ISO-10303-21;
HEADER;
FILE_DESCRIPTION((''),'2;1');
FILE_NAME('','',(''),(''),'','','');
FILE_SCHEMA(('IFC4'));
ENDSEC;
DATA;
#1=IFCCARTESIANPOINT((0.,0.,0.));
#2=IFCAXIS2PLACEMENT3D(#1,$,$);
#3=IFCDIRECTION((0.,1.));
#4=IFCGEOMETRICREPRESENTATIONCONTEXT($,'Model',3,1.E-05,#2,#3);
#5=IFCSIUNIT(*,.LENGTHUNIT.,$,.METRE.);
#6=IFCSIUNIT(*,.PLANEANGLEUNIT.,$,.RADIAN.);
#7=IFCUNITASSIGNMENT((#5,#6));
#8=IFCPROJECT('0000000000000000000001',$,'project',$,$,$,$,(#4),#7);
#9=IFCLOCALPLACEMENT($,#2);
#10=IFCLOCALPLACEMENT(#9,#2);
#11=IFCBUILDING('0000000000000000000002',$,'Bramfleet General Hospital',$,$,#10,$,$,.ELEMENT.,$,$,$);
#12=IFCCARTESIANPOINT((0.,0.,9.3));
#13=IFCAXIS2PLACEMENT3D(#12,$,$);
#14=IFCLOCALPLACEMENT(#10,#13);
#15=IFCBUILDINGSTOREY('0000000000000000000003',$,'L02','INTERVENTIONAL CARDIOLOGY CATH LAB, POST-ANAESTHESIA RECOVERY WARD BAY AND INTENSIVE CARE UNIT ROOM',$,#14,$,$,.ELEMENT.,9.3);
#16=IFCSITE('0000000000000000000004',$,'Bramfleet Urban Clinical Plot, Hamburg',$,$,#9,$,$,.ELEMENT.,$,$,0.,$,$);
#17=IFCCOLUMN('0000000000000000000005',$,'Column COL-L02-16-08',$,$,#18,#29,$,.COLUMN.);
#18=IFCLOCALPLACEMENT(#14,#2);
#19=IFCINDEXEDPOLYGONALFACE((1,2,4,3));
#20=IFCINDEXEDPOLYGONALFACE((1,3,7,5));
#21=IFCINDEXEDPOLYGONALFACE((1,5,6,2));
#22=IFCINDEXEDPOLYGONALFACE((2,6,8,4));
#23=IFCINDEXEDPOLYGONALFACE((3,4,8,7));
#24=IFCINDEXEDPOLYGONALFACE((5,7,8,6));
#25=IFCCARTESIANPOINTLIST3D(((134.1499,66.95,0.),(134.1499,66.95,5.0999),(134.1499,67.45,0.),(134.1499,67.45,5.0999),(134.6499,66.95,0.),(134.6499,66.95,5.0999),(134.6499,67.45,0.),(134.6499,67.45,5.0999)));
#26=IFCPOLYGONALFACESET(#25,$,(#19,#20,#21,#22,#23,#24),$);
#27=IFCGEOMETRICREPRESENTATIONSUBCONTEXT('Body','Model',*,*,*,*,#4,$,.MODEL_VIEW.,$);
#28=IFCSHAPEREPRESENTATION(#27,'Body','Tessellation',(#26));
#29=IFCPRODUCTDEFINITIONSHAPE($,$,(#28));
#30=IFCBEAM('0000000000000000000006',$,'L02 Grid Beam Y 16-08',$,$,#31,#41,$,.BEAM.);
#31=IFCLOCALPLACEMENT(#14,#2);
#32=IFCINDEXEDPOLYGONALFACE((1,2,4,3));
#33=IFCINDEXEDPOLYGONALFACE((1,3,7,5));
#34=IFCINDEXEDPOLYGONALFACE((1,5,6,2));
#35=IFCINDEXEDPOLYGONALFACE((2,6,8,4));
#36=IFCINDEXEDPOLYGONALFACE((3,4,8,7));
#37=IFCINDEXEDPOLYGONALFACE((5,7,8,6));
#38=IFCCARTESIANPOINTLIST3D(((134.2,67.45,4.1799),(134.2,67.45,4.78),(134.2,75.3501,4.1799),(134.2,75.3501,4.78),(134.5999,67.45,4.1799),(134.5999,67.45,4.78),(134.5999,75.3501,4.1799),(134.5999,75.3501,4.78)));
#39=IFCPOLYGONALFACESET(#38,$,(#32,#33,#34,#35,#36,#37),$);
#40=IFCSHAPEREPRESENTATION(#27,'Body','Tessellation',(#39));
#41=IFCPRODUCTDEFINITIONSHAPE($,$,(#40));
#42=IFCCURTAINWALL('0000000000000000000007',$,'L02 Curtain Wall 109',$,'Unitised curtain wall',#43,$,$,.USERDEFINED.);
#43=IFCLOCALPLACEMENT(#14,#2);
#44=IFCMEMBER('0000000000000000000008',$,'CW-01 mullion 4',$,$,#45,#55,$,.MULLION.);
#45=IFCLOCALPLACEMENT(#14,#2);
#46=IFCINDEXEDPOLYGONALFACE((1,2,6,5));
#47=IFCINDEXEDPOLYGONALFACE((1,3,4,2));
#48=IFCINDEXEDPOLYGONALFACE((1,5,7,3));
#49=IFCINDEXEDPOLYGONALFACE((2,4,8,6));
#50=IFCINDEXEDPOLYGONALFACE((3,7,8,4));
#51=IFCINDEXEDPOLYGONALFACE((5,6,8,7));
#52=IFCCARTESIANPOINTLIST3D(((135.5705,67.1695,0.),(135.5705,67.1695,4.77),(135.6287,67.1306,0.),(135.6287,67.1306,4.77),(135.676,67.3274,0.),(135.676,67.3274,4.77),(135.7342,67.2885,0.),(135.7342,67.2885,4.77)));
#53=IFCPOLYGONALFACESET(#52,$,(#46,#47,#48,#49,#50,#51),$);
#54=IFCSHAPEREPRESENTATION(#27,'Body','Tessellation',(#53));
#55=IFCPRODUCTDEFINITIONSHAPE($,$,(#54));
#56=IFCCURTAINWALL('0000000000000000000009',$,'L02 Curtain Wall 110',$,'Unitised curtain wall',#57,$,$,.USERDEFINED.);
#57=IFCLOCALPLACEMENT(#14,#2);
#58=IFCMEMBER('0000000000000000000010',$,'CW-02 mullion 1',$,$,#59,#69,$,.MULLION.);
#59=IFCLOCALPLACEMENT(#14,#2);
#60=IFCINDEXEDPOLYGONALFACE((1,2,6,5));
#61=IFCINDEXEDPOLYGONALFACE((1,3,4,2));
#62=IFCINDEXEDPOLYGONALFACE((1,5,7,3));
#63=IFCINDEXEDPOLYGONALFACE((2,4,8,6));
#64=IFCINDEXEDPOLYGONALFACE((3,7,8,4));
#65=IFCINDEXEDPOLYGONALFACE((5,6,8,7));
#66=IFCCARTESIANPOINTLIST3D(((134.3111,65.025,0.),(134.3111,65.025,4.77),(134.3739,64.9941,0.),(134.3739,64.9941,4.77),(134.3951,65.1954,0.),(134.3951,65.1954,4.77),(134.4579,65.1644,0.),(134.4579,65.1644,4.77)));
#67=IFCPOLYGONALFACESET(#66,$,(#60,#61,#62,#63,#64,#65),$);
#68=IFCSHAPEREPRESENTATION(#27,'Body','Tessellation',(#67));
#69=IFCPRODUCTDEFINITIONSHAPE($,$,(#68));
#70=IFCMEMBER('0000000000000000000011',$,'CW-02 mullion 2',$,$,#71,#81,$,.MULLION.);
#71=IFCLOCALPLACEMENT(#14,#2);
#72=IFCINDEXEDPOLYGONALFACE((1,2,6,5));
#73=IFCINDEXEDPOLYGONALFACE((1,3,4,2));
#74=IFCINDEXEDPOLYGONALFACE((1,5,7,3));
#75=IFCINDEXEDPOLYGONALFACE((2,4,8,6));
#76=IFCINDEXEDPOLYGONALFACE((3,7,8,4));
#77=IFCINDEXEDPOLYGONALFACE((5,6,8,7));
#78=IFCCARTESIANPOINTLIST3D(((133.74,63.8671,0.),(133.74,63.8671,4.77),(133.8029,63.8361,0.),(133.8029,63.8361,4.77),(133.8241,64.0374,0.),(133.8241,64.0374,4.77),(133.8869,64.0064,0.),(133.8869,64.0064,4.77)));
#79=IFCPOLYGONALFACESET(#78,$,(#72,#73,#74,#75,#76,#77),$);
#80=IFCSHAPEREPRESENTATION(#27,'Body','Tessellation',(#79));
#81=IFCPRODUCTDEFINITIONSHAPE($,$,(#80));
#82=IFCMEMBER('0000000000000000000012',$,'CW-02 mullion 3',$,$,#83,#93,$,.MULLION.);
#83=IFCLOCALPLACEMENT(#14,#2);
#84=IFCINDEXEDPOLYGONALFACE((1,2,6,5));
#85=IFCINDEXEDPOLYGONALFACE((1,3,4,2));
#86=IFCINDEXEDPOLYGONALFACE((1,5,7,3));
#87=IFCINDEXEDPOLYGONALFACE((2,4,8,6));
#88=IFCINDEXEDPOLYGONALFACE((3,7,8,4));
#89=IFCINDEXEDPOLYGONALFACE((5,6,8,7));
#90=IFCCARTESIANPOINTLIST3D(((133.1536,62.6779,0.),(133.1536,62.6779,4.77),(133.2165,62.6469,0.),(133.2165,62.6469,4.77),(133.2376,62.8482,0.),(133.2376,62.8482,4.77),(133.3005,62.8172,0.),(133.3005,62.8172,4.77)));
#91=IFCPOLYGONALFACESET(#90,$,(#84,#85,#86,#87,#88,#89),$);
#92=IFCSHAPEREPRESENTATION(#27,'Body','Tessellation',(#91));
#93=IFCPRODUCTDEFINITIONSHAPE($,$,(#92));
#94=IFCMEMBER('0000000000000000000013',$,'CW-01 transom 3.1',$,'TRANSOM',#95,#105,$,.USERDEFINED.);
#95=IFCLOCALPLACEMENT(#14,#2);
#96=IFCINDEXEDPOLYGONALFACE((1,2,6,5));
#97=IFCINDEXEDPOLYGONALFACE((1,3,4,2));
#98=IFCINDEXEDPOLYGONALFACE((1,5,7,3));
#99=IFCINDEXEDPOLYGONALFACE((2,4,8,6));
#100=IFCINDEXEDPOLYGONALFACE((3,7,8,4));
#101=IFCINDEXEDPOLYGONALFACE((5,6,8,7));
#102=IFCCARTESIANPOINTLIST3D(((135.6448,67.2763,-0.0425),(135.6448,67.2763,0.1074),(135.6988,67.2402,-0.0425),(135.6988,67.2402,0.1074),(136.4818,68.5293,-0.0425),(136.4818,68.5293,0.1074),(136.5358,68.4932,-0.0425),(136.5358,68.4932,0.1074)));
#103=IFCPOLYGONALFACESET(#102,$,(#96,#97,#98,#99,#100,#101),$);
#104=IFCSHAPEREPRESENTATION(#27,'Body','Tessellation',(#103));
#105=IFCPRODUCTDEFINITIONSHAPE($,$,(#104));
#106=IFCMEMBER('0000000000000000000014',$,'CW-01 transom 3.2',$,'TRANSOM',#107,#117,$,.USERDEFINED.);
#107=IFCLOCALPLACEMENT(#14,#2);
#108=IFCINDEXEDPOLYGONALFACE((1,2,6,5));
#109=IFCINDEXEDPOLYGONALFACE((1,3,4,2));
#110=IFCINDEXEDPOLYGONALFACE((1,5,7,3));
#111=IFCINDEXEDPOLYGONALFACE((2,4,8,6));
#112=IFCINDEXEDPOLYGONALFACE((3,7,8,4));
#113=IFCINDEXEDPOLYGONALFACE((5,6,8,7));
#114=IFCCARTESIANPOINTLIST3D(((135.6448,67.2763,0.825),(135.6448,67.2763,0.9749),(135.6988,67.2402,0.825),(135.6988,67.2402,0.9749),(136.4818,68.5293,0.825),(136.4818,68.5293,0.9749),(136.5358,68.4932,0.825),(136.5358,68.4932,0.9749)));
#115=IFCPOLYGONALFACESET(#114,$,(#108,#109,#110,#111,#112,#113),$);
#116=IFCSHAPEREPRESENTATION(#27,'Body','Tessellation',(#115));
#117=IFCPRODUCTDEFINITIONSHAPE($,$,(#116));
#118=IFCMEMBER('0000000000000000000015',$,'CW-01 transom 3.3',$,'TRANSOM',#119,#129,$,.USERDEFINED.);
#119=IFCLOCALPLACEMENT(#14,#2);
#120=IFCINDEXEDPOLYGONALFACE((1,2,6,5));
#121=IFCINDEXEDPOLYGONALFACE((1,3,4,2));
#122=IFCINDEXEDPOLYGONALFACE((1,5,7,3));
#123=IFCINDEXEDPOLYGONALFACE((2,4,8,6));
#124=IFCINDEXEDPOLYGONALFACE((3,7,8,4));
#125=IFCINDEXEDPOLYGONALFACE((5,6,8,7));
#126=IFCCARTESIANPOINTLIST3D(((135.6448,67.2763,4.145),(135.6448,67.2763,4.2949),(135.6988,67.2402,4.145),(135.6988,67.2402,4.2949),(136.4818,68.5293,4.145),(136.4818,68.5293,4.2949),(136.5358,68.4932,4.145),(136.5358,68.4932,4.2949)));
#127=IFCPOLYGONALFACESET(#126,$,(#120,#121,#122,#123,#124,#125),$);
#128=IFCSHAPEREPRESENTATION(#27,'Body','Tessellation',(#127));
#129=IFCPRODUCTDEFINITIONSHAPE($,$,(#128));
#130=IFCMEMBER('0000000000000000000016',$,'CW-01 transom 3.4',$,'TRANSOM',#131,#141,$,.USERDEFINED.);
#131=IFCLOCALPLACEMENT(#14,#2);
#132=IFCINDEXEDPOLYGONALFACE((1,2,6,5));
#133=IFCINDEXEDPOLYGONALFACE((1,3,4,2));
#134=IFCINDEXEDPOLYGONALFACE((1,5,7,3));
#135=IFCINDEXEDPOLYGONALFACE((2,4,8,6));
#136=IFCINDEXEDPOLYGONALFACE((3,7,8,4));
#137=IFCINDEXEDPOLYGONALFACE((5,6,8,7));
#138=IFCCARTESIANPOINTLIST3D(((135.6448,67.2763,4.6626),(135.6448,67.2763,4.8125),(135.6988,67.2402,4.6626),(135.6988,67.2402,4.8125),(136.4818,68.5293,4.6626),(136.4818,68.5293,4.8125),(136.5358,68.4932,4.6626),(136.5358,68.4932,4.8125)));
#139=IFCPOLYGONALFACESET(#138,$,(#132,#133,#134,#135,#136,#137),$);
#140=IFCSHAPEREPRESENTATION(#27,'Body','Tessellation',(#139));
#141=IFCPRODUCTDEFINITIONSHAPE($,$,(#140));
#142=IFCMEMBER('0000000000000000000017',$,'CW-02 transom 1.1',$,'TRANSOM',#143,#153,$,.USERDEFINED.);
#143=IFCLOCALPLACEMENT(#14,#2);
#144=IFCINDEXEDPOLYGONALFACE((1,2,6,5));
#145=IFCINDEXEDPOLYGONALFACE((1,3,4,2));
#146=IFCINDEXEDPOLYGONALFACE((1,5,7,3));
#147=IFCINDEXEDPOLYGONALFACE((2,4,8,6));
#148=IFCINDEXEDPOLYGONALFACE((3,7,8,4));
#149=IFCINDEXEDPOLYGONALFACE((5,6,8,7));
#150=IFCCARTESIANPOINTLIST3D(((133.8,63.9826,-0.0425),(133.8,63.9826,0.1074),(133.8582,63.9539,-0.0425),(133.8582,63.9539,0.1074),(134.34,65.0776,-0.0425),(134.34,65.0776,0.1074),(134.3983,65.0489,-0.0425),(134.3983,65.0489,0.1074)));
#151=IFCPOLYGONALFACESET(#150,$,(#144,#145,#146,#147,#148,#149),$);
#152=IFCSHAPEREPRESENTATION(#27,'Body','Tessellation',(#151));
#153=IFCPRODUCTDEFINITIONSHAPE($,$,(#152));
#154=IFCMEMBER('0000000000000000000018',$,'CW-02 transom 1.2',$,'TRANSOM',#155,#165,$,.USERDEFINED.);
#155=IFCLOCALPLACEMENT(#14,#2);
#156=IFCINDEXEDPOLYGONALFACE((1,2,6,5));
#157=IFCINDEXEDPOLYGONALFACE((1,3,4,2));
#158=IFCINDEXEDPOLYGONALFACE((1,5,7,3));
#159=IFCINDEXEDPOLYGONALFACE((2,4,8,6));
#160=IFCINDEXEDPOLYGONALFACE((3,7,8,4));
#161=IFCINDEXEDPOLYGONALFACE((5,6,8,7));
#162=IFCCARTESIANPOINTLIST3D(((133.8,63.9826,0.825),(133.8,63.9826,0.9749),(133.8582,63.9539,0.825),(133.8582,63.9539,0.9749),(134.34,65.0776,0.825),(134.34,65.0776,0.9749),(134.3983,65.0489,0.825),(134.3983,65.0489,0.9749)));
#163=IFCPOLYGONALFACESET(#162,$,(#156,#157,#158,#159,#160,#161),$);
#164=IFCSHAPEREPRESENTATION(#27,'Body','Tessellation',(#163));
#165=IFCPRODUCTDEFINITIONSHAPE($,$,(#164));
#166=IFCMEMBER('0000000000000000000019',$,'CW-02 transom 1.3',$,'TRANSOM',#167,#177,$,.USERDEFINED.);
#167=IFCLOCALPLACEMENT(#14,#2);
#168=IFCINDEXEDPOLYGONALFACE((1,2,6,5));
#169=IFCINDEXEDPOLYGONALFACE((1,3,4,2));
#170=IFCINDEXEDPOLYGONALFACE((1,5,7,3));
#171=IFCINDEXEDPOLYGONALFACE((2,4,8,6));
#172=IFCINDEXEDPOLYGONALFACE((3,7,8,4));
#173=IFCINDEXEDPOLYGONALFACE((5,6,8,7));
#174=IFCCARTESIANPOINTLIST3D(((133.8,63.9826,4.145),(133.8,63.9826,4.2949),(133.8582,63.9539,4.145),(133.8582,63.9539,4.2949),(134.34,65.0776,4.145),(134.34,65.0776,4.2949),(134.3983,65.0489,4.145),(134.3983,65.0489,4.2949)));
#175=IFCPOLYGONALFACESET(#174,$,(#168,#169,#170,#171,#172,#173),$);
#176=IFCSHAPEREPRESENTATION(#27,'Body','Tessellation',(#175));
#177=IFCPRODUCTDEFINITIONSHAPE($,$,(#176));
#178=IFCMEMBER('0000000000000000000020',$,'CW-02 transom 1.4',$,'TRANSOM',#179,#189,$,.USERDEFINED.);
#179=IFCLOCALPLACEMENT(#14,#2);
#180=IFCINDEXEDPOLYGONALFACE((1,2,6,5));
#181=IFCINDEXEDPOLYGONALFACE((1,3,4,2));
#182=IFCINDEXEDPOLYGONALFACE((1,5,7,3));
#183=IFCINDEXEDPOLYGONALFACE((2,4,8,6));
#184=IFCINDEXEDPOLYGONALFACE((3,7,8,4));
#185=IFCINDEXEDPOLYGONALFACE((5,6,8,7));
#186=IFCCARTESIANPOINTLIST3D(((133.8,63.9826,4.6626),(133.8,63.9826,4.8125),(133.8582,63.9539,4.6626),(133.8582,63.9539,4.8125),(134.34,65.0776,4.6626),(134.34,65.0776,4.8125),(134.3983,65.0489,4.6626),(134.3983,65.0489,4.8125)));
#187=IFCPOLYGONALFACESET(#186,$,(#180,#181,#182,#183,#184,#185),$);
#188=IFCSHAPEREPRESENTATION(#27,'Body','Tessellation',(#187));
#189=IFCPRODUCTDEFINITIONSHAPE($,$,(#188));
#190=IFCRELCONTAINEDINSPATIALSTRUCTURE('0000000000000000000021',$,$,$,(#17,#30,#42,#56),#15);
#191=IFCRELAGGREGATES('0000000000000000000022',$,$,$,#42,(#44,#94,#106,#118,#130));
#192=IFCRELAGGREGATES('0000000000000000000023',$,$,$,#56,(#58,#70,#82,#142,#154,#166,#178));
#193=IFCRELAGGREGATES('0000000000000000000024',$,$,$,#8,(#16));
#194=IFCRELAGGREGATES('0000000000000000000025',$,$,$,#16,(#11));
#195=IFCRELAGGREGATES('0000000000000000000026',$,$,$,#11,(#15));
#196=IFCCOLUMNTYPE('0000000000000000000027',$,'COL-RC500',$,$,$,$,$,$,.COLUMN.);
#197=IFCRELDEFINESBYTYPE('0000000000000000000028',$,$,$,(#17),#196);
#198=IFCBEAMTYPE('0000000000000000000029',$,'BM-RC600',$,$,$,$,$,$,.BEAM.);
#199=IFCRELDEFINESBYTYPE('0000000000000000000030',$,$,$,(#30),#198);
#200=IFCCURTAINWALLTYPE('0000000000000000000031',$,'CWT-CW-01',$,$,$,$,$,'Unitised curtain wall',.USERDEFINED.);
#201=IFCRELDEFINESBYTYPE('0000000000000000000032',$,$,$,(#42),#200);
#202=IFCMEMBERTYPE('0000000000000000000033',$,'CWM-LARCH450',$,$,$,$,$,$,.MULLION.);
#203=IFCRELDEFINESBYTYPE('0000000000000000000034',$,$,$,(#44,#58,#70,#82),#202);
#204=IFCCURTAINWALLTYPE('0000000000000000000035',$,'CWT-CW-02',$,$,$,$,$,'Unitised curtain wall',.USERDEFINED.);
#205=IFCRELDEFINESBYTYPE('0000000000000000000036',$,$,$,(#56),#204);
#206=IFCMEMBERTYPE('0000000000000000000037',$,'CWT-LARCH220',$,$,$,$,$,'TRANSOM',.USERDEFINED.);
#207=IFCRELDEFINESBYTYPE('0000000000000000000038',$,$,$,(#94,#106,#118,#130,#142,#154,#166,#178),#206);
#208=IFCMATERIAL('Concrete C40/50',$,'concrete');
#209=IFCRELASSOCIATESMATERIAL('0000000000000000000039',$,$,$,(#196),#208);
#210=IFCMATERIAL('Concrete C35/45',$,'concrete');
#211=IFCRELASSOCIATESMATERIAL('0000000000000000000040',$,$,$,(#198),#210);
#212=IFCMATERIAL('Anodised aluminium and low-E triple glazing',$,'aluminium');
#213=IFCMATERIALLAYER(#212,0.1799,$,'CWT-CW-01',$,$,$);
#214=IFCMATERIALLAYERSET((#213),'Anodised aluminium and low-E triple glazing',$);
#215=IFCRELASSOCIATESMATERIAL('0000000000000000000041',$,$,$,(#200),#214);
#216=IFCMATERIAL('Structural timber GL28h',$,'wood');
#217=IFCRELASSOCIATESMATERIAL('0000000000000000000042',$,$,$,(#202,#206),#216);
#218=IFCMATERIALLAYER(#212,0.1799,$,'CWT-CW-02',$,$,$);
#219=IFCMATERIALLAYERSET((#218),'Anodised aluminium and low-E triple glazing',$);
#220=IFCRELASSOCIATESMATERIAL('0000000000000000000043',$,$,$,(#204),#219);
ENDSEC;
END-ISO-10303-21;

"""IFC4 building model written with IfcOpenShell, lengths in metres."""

from ifc_helpers import new_model, si_unit, direction, frame, origin, origin_2d, place, context, subcontext, project, spatial, rectangle, extrude, material, layer, layer_set, material_profile, profile_set, type_object, element, aggregate, save


model = new_model("IFC4")

# Units and contexts
model_context = context("Model", 3, precision=1e-05, world=origin(), true_north=direction((0.0, 1.0)))
body_context = subcontext(model_context, "Body", "Model", "MODEL_VIEW")
ifc_project = project(units=[si_unit("LENGTHUNIT", "METRE"), si_unit("PLANEANGLEUNIT", "RADIAN")], contexts=[model_context])

# Site, building, storey
site_placement = place(None, origin())
site = spatial("IfcSite", under=ifc_project, at=site_placement, Name="Bramfleet Urban Clinical Plot, Hamburg", CompositionType="ELEMENT", RefElevation=0.0)
building_placement = place(site_placement, origin())
building = spatial("IfcBuilding", under=site, at=building_placement, Name="Bramfleet General Hospital", CompositionType="ELEMENT")
storey_placement = place(building_placement, frame((0.0, 0.0, 9.3)))
storey = spatial("IfcBuildingStorey", under=building, at=storey_placement, Name="L02", Description="INTERVENTIONAL CARDIOLOGY CATH LAB, POST-ANAESTHESIA RECOVERY WARD BAY AND INTENSIVE CARE UNIT ROOM", CompositionType="ELEMENT", Elevation=9.3)

# Column
ifc_material_1 = material(Name="Concrete C40/50", Category="concrete")
ifc_material_profile_1 = material_profile(ifc_material_1, rectangle(XDim=0.5, YDim=0.5, at=origin_2d()), Name="RC COL 500x500")
ifc_profile_set_1 = profile_set([ifc_material_profile_1], Name="Concrete C40/50")
column_type = type_object("IfcColumnType", Name="COL-RC500", PredefinedType="COLUMN", material=ifc_profile_set_1)
column_placement = place(storey_placement, frame((134.3999, 67.2, 0.0), z_axis=(0.0, 0.0, 1.0), x_axis=(1.0, 0.0, 0.0)))
element("IfcColumn", 1, at=column_placement, inside=storey, type_object=column_type, Name="Column COL-L02-16-08", PredefinedType="COLUMN", context=body_context, shape_type="SweptSolid", body=[
    extrude(rectangle(XDim=0.5, YDim=0.5, at=origin_2d()), origin(), (0.0, 0.0, 1.0), 5.0999),
])

# Beam
ifc_material_2 = material(Name="Concrete C35/45", Category="concrete")
ifc_material_profile_2 = material_profile(ifc_material_2, rectangle(XDim=0.3999, YDim=0.6001, at=origin_2d()), Name="RC BM 600x400")
ifc_profile_set_2 = profile_set([ifc_material_profile_2], Name="Concrete C35/45")
beam_type = type_object("IfcBeamType", Name="BM-RC600", PredefinedType="BEAM", material=ifc_profile_set_2)
beam_placement = place(storey_placement, frame((134.3999, 67.45, 4.48), z_axis=(0.0, 1.0, 0.0), x_axis=(-1.0, 0.0, 0.0)))
element("IfcBeam", 2, at=beam_placement, inside=storey, type_object=beam_type, Name="L02 Grid Beam Y 16-08", PredefinedType="BEAM", context=body_context, shape_type="SweptSolid", body=[
    extrude(rectangle(XDim=0.3999, YDim=0.6001, at=origin_2d()), origin(), (0.0, 0.0, 1.0), 7.9001),
])

# Curtain wall, member
ifc_material_3 = material(Name="Anodised aluminium and low-E triple glazing", Category="aluminium")
ifc_layer_1 = layer(ifc_material_3, 0.1799, Name="CWT-CW-01")
ifc_layer_set_1 = layer_set([ifc_layer_1], Name="Anodised aluminium and low-E triple glazing")
curtain_wall_type_1 = type_object("IfcCurtainWallType", Name="CWT-CW-01", ElementType="Unitised curtain wall", PredefinedType="USERDEFINED", material=ifc_layer_set_1)
curtain_wall_1_placement = place(storey_placement, origin())
curtain_wall_1 = element("IfcCurtainWall", 3, at=curtain_wall_1_placement, inside=storey, type_object=curtain_wall_type_1, Name="L02 Curtain Wall 109", ObjectType="Unitised curtain wall", PredefinedType="USERDEFINED")
ifc_material_4 = material(Name="Structural timber GL28h", Category="wood")
ifc_material_profile_3 = material_profile(ifc_material_4, rectangle(XDim=0.0701, YDim=0.1899, at=origin_2d()), Name="LARCH 190x70")
ifc_profile_set_3 = profile_set([ifc_material_profile_3], Name="Structural timber GL28h")
member_type_1 = type_object("IfcMemberType", Name="CWM-LARCH450", PredefinedType="MULLION", material=ifc_profile_set_3)
member_1_placement = place(storey_placement, frame((135.6523, 67.229, 0.0), z_axis=(0.0, 0.0, 1.0), x_axis=(0.831541, -0.555464, 0.0)))
member_1 = element("IfcMember", 4, at=member_1_placement, type_object=member_type_1, Name="CW-01 mullion 4", PredefinedType="MULLION", context=body_context, shape_type="SweptSolid", body=[
    extrude(rectangle(XDim=0.0701, YDim=0.1899, at=origin_2d()), origin(), (0.0, 0.0, 1.0), 4.77),
])

# Curtain wall, members
ifc_layer_2 = layer(ifc_material_3, 0.1799, Name="CWT-CW-02")
ifc_layer_set_2 = layer_set([ifc_layer_2], Name="Anodised aluminium and low-E triple glazing")
curtain_wall_type_2 = type_object("IfcCurtainWallType", Name="CWT-CW-02", ElementType="Unitised curtain wall", PredefinedType="USERDEFINED", material=ifc_layer_set_2)
curtain_wall_2_placement = place(storey_placement, origin())
curtain_wall_2 = element("IfcCurtainWall", 5, at=curtain_wall_2_placement, inside=storey, type_object=curtain_wall_type_2, Name="L02 Curtain Wall 110", ObjectType="Unitised curtain wall", PredefinedType="USERDEFINED")
member_2_placement = place(storey_placement, frame((134.3845, 65.0947, 0.0), z_axis=(0.0, 0.0, 1.0), x_axis=(0.896865, -0.442305, 0.0)))
member_2 = element("IfcMember", 6, at=member_2_placement, type_object=member_type_1, Name="CW-02 mullion 1", PredefinedType="MULLION", context=body_context, shape_type="SweptSolid", body=[
    extrude(rectangle(XDim=0.0701, YDim=0.1899, at=origin_2d()), origin(), (0.0, 0.0, 1.0), 4.77),
])
member_3_placement = place(storey_placement, frame((133.8135, 63.9368, 0.0), z_axis=(0.0, 0.0, 1.0), x_axis=(0.896865, -0.442305, 0.0)))
member_3 = element("IfcMember", 7, at=member_3_placement, type_object=member_type_1, Name="CW-02 mullion 2", PredefinedType="MULLION", context=body_context, shape_type="SweptSolid", body=[
    extrude(rectangle(XDim=0.0701, YDim=0.1899, at=origin_2d()), origin(), (0.0, 0.0, 1.0), 4.77),
])
member_4_placement = place(storey_placement, frame((133.2271, 62.7476, 0.0), z_axis=(0.0, 0.0, 1.0), x_axis=(0.896865, -0.442305, 0.0)))
member_4 = element("IfcMember", 8, at=member_4_placement, type_object=member_type_1, Name="CW-02 mullion 3", PredefinedType="MULLION", context=body_context, shape_type="SweptSolid", body=[
    extrude(rectangle(XDim=0.0701, YDim=0.1899, at=origin_2d()), origin(), (0.0, 0.0, 1.0), 4.77),
])

# Members
ifc_material_profile_4 = material_profile(ifc_material_4, rectangle(XDim=0.0649, YDim=0.1499, at=origin_2d()), Name="LARCH 150x65")
ifc_profile_set_4 = profile_set([ifc_material_profile_4], Name="Structural timber GL28h")
member_type_2 = type_object("IfcMemberType", Name="CWT-LARCH220", ElementType="TRANSOM", PredefinedType="USERDEFINED", material=ifc_profile_set_4)
member_5_placement = place(storey_placement, frame((136.5088, 68.5112, 0.0325), z_axis=(-0.555448, -0.831551, 0.0), x_axis=(0.831551, -0.555448, 0.0)))
member_5 = element("IfcMember", 9, at=member_5_placement, type_object=member_type_2, Name="CW-01 transom 3.1", ObjectType="TRANSOM", PredefinedType="USERDEFINED", context=body_context, shape_type="SweptSolid", body=[
    extrude(rectangle(XDim=0.0649, YDim=0.1499, at=origin_2d()), origin(), (0.0, 0.0, 1.0), 1.5068),
])
member_6_placement = place(storey_placement, frame((136.5088, 68.5112, 0.8999), z_axis=(-0.555448, -0.831551, 0.0), x_axis=(0.831551, -0.555448, 0.0)))
member_6 = element("IfcMember", 10, at=member_6_placement, type_object=member_type_2, Name="CW-01 transom 3.2", ObjectType="TRANSOM", PredefinedType="USERDEFINED", context=body_context, shape_type="SweptSolid", body=[
    extrude(rectangle(XDim=0.0649, YDim=0.1499, at=origin_2d()), origin(), (0.0, 0.0, 1.0), 1.5068),
])
member_7_placement = place(storey_placement, frame((136.5088, 68.5112, 4.22), z_axis=(-0.555448, -0.831551, 0.0), x_axis=(0.831551, -0.555448, 0.0)))
member_7 = element("IfcMember", 11, at=member_7_placement, type_object=member_type_2, Name="CW-01 transom 3.3", ObjectType="TRANSOM", PredefinedType="USERDEFINED", context=body_context, shape_type="SweptSolid", body=[
    extrude(rectangle(XDim=0.0649, YDim=0.1499, at=origin_2d()), origin(), (0.0, 0.0, 1.0), 1.5068),
])
member_8_placement = place(storey_placement, frame((136.5088, 68.5112, 4.7375), z_axis=(-0.555448, -0.831551, 0.0), x_axis=(0.831551, -0.555448, 0.0)))
member_8 = element("IfcMember", 12, at=member_8_placement, type_object=member_type_2, Name="CW-01 transom 3.4", ObjectType="TRANSOM", PredefinedType="USERDEFINED", context=body_context, shape_type="SweptSolid", body=[
    extrude(rectangle(XDim=0.0649, YDim=0.1499, at=origin_2d()), origin(), (0.0, 0.0, 1.0), 1.5068),
])
member_9_placement = place(storey_placement, frame((134.3691, 65.0632, 0.0325), z_axis=(-0.442328, -0.896853, 0.0), x_axis=(0.896853, -0.442328, 0.0)))
member_9 = element("IfcMember", 13, at=member_9_placement, type_object=member_type_2, Name="CW-02 transom 1.1", ObjectType="TRANSOM", PredefinedType="USERDEFINED", context=body_context, shape_type="SweptSolid", body=[
    extrude(rectangle(XDim=0.0649, YDim=0.1499, at=origin_2d()), origin(), (0.0, 0.0, 1.0), 1.2209),
])
member_10_placement = place(storey_placement, frame((134.3691, 65.0632, 0.8999), z_axis=(-0.442328, -0.896853, 0.0), x_axis=(0.896853, -0.442328, 0.0)))
member_10 = element("IfcMember", 14, at=member_10_placement, type_object=member_type_2, Name="CW-02 transom 1.2", ObjectType="TRANSOM", PredefinedType="USERDEFINED", context=body_context, shape_type="SweptSolid", body=[
    extrude(rectangle(XDim=0.0649, YDim=0.1499, at=origin_2d()), origin(), (0.0, 0.0, 1.0), 1.2209),
])
member_11_placement = place(storey_placement, frame((134.3691, 65.0632, 4.22), z_axis=(-0.442328, -0.896853, 0.0), x_axis=(0.896853, -0.442328, 0.0)))
member_11 = element("IfcMember", 15, at=member_11_placement, type_object=member_type_2, Name="CW-02 transom 1.3", ObjectType="TRANSOM", PredefinedType="USERDEFINED", context=body_context, shape_type="SweptSolid", body=[
    extrude(rectangle(XDim=0.0649, YDim=0.1499, at=origin_2d()), origin(), (0.0, 0.0, 1.0), 1.2209),
])
member_12_placement = place(storey_placement, frame((134.3691, 65.0632, 4.7375), z_axis=(-0.442328, -0.896853, 0.0), x_axis=(0.896853, -0.442328, 0.0)))
member_12 = element("IfcMember", 16, at=member_12_placement, type_object=member_type_2, Name="CW-02 transom 1.4", ObjectType="TRANSOM", PredefinedType="USERDEFINED", context=body_context, shape_type="SweptSolid", body=[
    extrude(rectangle(XDim=0.0649, YDim=0.1499, at=origin_2d()), origin(), (0.0, 0.0, 1.0), 1.2209),
])

aggregate(curtain_wall_1, [member_1, member_5, member_6, member_7, member_8])
aggregate(curtain_wall_2, [member_2, member_3, member_4, member_9, member_10, member_11, member_12])

save(model, "model.ifc")
